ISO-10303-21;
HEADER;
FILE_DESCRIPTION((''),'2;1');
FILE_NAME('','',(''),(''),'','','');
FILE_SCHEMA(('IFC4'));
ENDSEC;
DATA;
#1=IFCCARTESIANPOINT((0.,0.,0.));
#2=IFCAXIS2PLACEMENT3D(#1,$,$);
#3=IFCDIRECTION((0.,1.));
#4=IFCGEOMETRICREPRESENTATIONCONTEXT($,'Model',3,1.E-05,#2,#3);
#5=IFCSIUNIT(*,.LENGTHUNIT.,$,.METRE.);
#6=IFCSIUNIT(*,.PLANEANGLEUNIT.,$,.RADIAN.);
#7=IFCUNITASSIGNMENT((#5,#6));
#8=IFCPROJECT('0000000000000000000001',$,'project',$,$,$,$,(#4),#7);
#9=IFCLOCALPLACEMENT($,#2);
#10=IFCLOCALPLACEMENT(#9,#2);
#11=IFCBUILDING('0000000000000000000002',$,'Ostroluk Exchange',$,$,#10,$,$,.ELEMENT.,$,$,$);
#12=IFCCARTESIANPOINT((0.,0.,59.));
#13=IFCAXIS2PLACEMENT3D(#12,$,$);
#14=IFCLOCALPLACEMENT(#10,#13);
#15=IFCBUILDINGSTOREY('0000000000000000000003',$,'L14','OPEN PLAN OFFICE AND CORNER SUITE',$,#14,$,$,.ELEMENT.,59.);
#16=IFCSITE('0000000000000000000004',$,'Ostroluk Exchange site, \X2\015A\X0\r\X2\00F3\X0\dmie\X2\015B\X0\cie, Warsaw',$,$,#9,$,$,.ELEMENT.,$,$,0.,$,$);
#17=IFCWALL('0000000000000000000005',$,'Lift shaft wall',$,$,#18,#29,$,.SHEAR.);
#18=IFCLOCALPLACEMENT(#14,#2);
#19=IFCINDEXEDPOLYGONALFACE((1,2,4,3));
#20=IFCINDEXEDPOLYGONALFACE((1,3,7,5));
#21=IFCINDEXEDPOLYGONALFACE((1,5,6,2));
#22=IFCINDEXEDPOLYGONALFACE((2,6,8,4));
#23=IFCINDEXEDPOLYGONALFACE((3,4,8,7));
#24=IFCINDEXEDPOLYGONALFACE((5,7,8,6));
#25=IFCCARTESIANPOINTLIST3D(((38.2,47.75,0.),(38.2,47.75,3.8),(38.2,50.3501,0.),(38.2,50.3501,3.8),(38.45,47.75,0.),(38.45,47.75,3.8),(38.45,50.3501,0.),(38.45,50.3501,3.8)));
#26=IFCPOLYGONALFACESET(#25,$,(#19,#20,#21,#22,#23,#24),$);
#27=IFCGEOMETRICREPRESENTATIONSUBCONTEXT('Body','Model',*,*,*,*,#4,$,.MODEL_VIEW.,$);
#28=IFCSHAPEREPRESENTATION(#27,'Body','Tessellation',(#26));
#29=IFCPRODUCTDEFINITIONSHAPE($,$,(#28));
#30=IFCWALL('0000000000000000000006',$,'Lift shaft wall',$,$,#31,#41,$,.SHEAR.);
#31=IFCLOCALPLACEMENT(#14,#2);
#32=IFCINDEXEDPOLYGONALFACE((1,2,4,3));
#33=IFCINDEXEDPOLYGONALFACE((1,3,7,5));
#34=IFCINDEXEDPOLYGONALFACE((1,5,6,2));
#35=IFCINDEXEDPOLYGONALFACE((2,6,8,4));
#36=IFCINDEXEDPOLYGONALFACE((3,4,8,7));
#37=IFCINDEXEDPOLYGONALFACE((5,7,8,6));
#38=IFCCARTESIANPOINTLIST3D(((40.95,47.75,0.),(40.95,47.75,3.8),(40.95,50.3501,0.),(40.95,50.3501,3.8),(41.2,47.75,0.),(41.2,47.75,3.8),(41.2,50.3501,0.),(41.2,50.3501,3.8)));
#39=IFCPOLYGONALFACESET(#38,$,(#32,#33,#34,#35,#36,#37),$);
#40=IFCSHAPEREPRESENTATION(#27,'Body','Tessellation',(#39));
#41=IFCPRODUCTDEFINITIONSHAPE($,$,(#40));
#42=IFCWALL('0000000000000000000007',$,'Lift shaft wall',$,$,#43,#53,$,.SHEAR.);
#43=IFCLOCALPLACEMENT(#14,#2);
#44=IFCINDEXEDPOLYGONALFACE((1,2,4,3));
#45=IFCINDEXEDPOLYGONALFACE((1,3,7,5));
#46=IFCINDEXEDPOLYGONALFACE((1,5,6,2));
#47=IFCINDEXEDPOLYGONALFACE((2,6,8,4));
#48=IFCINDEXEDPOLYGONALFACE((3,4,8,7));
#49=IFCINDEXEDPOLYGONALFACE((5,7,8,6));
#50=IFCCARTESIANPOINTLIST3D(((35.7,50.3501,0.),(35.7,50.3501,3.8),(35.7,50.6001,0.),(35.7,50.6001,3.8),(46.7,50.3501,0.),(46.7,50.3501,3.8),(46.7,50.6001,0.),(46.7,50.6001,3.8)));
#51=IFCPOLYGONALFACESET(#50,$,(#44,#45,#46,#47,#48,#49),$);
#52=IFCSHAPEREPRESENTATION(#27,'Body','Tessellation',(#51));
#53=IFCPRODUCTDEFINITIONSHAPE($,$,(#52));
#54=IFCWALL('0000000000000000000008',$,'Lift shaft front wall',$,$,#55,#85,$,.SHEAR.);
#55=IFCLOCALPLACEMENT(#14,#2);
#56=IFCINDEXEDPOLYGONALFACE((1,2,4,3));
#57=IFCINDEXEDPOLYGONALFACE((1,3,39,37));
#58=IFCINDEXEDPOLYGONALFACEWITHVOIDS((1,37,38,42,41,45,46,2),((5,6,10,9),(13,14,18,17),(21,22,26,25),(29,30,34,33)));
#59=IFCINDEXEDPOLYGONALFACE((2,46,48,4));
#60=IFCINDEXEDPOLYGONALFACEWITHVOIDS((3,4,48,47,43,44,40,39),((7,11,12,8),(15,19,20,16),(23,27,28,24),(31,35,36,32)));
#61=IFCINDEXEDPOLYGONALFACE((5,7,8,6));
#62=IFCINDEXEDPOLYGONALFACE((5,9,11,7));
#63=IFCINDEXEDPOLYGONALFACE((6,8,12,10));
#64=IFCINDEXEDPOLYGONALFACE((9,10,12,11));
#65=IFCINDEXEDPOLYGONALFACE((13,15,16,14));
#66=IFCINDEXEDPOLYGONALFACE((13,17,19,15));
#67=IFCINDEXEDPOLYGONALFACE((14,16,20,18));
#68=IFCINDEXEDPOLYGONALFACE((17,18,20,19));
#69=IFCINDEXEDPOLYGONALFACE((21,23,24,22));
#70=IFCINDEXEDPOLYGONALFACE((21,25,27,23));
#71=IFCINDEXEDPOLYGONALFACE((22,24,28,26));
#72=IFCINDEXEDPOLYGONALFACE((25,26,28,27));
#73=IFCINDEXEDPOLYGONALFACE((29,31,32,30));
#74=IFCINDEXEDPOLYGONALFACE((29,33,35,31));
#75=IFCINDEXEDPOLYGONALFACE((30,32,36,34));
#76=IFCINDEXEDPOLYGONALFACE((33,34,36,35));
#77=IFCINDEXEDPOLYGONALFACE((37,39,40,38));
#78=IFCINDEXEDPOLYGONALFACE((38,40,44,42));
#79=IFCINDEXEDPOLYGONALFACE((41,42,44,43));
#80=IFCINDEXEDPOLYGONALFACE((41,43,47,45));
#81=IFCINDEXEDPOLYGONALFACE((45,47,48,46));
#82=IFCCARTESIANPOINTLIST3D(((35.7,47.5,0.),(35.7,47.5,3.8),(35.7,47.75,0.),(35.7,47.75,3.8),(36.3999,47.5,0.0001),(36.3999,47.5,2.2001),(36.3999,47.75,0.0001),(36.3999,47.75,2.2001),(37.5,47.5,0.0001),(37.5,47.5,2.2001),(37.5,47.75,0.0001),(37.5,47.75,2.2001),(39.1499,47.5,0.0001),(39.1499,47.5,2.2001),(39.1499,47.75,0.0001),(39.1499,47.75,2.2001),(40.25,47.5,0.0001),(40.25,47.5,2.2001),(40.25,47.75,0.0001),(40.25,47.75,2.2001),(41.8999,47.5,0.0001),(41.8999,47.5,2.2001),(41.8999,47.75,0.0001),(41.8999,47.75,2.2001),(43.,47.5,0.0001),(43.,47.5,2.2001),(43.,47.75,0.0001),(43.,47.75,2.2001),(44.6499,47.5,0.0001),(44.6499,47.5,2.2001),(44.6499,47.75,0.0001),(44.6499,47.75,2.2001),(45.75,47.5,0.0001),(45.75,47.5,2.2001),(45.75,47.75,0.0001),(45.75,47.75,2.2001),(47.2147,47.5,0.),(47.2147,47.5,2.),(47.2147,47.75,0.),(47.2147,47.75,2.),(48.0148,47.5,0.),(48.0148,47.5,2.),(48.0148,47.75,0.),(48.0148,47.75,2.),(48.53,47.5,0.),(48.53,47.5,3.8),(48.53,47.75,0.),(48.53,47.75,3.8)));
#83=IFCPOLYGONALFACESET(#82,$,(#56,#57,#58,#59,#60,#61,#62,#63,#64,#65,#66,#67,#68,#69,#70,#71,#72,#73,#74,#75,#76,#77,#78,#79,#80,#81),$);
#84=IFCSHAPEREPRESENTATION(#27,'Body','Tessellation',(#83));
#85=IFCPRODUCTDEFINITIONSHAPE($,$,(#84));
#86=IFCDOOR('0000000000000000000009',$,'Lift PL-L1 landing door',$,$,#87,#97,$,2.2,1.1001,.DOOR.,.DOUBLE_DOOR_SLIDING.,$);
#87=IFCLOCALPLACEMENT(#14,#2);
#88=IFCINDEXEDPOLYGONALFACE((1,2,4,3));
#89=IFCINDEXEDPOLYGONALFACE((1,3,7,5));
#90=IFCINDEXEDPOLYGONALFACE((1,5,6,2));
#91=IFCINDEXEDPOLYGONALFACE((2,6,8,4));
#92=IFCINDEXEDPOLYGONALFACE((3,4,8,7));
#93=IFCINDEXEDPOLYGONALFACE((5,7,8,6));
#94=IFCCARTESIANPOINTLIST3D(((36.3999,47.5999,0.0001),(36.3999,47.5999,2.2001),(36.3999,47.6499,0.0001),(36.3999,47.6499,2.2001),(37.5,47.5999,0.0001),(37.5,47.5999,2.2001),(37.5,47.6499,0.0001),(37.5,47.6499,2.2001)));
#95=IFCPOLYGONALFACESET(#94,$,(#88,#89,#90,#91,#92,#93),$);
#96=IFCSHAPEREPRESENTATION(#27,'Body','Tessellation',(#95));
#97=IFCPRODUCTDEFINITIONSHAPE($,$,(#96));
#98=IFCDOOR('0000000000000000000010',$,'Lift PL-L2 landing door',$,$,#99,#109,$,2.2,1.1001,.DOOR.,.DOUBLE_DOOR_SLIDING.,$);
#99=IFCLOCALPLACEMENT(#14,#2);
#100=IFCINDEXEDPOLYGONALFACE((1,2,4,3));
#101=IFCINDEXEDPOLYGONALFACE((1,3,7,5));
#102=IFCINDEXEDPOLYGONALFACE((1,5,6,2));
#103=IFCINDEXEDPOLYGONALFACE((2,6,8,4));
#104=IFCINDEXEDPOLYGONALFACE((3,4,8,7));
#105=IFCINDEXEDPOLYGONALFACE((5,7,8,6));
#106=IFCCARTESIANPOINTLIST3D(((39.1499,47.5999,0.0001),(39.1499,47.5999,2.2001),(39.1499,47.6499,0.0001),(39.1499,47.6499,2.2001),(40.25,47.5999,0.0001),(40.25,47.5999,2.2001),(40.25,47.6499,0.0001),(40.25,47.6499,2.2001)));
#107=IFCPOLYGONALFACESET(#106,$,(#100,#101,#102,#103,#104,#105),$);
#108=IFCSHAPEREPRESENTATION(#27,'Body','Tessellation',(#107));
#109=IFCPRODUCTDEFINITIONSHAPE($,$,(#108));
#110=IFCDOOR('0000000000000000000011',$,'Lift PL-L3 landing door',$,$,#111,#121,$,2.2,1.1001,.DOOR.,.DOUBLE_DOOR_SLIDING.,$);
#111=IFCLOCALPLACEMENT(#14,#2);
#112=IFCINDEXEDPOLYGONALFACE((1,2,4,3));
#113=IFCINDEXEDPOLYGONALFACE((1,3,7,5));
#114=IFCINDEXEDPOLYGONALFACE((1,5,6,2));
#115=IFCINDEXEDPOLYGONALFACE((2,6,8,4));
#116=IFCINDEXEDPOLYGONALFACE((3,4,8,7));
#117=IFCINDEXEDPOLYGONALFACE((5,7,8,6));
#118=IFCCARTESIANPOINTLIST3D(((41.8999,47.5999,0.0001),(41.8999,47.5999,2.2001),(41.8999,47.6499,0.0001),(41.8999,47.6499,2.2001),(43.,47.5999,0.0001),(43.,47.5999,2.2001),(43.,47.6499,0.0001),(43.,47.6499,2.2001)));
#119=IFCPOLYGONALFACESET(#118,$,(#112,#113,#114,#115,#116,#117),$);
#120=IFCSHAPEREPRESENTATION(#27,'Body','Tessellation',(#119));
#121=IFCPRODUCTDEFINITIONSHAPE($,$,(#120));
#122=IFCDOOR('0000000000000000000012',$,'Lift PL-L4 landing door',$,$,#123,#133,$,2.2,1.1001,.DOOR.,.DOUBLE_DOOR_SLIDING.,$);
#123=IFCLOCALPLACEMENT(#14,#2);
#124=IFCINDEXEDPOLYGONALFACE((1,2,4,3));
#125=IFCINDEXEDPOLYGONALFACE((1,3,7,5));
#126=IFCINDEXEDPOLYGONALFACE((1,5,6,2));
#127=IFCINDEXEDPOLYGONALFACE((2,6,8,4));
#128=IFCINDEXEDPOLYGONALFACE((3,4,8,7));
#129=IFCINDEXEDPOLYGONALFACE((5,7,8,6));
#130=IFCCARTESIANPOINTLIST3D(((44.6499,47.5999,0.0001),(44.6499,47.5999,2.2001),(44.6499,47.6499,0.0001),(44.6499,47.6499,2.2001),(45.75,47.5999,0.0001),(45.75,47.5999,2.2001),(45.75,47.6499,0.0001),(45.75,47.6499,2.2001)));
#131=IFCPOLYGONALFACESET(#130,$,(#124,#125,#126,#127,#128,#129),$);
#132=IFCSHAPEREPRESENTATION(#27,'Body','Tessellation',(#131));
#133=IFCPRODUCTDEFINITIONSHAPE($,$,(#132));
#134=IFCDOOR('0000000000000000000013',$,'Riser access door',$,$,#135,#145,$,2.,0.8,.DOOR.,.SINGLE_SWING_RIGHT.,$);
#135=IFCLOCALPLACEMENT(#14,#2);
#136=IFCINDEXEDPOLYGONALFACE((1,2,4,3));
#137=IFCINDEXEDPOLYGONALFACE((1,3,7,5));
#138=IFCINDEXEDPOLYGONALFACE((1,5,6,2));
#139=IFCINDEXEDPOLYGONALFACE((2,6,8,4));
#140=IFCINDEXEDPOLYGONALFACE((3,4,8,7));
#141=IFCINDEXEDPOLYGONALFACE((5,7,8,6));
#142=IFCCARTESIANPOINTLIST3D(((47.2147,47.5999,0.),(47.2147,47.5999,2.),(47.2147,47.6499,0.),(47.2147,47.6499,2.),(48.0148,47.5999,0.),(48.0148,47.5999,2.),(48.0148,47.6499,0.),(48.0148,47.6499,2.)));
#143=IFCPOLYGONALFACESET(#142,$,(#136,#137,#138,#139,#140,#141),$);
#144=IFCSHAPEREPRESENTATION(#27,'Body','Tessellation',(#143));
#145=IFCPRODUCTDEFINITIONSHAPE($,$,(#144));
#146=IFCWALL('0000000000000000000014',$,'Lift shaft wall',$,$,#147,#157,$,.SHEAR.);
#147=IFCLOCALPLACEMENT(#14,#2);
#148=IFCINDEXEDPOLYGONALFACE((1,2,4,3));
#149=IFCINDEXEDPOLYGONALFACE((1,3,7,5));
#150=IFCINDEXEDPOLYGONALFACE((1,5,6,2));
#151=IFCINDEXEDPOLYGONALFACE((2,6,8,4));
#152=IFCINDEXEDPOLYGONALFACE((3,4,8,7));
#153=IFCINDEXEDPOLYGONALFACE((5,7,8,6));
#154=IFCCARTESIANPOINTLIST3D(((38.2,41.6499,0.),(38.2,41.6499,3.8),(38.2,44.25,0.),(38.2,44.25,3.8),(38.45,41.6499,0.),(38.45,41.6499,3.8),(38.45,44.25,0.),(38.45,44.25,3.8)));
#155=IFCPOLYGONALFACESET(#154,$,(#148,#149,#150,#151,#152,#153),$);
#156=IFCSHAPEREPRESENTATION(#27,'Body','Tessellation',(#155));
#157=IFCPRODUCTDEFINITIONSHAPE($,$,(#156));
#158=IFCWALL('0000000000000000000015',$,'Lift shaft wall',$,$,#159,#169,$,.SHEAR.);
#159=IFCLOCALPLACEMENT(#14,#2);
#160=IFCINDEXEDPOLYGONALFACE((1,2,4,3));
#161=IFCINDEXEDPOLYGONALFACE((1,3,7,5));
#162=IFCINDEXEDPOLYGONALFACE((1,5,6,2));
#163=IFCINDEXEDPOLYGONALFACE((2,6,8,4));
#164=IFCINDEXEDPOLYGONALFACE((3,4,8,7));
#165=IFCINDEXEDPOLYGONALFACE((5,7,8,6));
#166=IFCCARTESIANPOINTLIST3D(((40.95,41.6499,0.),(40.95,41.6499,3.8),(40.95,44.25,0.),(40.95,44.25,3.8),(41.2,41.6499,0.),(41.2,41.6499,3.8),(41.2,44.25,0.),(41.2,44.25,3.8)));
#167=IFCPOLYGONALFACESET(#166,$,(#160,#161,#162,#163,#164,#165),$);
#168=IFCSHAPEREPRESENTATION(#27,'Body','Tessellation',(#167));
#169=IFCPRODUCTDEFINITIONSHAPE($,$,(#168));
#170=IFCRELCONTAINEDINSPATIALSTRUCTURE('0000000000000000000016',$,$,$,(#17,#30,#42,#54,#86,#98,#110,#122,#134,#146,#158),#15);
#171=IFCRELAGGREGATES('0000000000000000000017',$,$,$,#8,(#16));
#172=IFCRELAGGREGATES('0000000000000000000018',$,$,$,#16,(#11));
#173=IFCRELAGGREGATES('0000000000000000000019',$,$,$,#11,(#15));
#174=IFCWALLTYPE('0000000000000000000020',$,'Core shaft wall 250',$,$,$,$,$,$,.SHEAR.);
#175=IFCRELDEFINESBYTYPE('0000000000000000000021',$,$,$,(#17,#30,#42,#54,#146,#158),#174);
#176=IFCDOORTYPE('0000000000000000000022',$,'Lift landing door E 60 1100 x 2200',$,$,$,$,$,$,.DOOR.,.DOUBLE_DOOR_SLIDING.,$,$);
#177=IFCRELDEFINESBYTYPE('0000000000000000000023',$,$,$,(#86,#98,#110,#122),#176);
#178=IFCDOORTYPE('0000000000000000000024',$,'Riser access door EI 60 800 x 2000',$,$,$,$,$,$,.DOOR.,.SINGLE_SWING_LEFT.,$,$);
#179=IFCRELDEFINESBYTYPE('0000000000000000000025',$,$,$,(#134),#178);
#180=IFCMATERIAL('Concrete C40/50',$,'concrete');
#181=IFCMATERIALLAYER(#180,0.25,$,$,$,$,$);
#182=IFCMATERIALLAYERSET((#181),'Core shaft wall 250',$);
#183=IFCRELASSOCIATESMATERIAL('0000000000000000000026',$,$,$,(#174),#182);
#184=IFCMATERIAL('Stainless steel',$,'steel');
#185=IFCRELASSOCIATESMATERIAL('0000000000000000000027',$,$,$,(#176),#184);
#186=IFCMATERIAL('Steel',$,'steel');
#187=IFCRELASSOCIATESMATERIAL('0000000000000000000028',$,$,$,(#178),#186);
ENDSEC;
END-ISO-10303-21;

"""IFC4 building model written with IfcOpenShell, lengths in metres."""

from ifc_helpers import new_model, si_unit, direction, frame, frame_2d, origin, place, context, subcontext, project, spatial, rectangle, extrude, material, layer, layer_set, type_object, element, fill, save


model = new_model("IFC4")

# Units and contexts
model_context = context("Model", 3, precision=1e-05, world=origin(), true_north=direction((0.0, 1.0)))
body_context = subcontext(model_context, "Body", "Model", "MODEL_VIEW")
ifc_project = project(units=[si_unit("LENGTHUNIT", "METRE"), si_unit("PLANEANGLEUNIT", "RADIAN")], contexts=[model_context])

# Site, building, storey
site_placement = place(None, origin())
site = spatial("IfcSite", under=ifc_project, at=site_placement, Name="Ostroluk Exchange site, Śródmieście, Warsaw", CompositionType="ELEMENT", RefElevation=0.0)
building_placement = place(site_placement, origin())
building = spatial("IfcBuilding", under=site, at=building_placement, Name="Ostroluk Exchange", CompositionType="ELEMENT")
storey_placement = place(building_placement, frame((0.0, 0.0, 59.0)))
storey = spatial("IfcBuildingStorey", under=building, at=storey_placement, Name="L14", Description="OPEN PLAN OFFICE AND CORNER SUITE", CompositionType="ELEMENT", Elevation=59.0)

# Walls
ifc_material_1 = material(Name="Concrete C40/50", Category="concrete")
ifc_layer = layer(ifc_material_1, 0.25)
ifc_layer_set = layer_set([ifc_layer], Name="Core shaft wall 250")
wall_type = type_object("IfcWallType", Name="Core shaft wall 250", PredefinedType="SHEAR", material=ifc_layer_set)
for number, where, z_axis, x_axis, name in (
    (1, (38.325, 47.75, 0.0), (0.0, 0.0, 1.0), (0.0, 1.0, 0.0), "Lift shaft wall"),
    (2, (41.075, 47.75, 0.0), (0.0, 0.0, 1.0), (0.0, 1.0, 0.0), "Lift shaft wall"),
):
    element("IfcWall", number, at=place(storey_placement, frame(where, z_axis=z_axis, x_axis=x_axis)), inside=storey, type_object=wall_type, Name=name, PredefinedType="SHEAR", context=body_context, shape_type="SweptSolid", body=[
        extrude(rectangle(XDim=2.6001, YDim=0.25, at=frame_2d((1.3, 0.0))), origin(), (0.0, 0.0, 1.0), 3.8),
    ])
wall_1_placement = place(storey_placement, frame((35.7, 50.4751, 0.0), z_axis=(0.0, 0.0, 1.0), x_axis=(1.0, 0.0, 0.0)))
element("IfcWall", 3, at=wall_1_placement, inside=storey, type_object=wall_type, Name="Lift shaft wall", PredefinedType="SHEAR", context=body_context, shape_type="SweptSolid", body=[
    extrude(rectangle(XDim=11.0, YDim=0.25, at=frame_2d((5.5, 0.0))), origin(), (0.0, 0.0, 1.0), 3.8),
])

# Wall, openings, doors
wall_2_placement = place(storey_placement, frame((35.7, 47.625, 0.0), z_axis=(0.0, 0.0, 1.0), x_axis=(1.0, 0.0, 0.0)))
wall_2 = element("IfcWall", 4, at=wall_2_placement, inside=storey, type_object=wall_type, Name="Lift shaft front wall", PredefinedType="SHEAR", context=body_context, shape_type="SweptSolid", body=[
    extrude(rectangle(XDim=12.8301, YDim=0.25, at=frame_2d((6.415, 0.0))), origin(), (0.0, 0.0, 1.0), 3.8),
])
opening_1_placement = place(wall_2_placement, frame((0.7, 0.0, 0.0)))
opening_1 = element("IfcOpeningElement", 5, at=opening_1_placement, cuts=wall_2, PredefinedType="OPENING", context=body_context, shape_type="SweptSolid", body=[
    extrude(rectangle(XDim=1.1001, YDim=2.2, at=frame_2d((0.55, 1.1001))), frame((0.0, 0.135, 0.0), z_axis=(0.0, -1.0, 0.0), x_axis=(1.0, 0.0, 0.0)), (0.0, 0.0, 1.0), 0.27),
])
opening_2_placement = place(wall_2_placement, frame((3.45, 0.0, 0.0)))
opening_2 = element("IfcOpeningElement", 6, at=opening_2_placement, cuts=wall_2, PredefinedType="OPENING", context=body_context, shape_type="SweptSolid", body=[
    extrude(rectangle(XDim=1.1001, YDim=2.2, at=frame_2d((0.55, 1.1001))), frame((0.0, 0.135, 0.0), z_axis=(0.0, -1.0, 0.0), x_axis=(1.0, 0.0, 0.0)), (0.0, 0.0, 1.0), 0.27),
])
opening_3_placement = place(wall_2_placement, frame((6.2, 0.0, 0.0)))
opening_3 = element("IfcOpeningElement", 7, at=opening_3_placement, cuts=wall_2, PredefinedType="OPENING", context=body_context, shape_type="SweptSolid", body=[
    extrude(rectangle(XDim=1.1001, YDim=2.2, at=frame_2d((0.55, 1.1001))), frame((0.0, 0.135, 0.0), z_axis=(0.0, -1.0, 0.0), x_axis=(1.0, 0.0, 0.0)), (0.0, 0.0, 1.0), 0.27),
])
opening_4_placement = place(wall_2_placement, frame((8.95, 0.0, 0.0)))
opening_4 = element("IfcOpeningElement", 8, at=opening_4_placement, cuts=wall_2, PredefinedType="OPENING", context=body_context, shape_type="SweptSolid", body=[
    extrude(rectangle(XDim=1.1001, YDim=2.2, at=frame_2d((0.55, 1.1001))), frame((0.0, 0.135, 0.0), z_axis=(0.0, -1.0, 0.0), x_axis=(1.0, 0.0, 0.0)), (0.0, 0.0, 1.0), 0.27),
])
opening_5_placement = place(wall_2_placement, frame((11.5149, 0.0, 0.0)))
opening_5 = element("IfcOpeningElement", 9, at=opening_5_placement, cuts=wall_2, PredefinedType="OPENING", context=body_context, shape_type="SweptSolid", body=[
    extrude(rectangle(XDim=0.8, YDim=2.0, at=frame_2d((0.3999, 1.0))), frame((0.0, 0.135, 0.0), z_axis=(0.0, -1.0, 0.0), x_axis=(1.0, 0.0, 0.0)), (0.0, 0.0, 1.0), 0.27),
])
ifc_material_2 = material(Name="Stainless steel", Category="steel")
door_type_1 = type_object("IfcDoorType", Name="Lift landing door E 60 1100 x 2200", OperationType="DOUBLE_DOOR_SLIDING", PredefinedType="DOOR", material=ifc_material_2)
door_1_placement = place(opening_1_placement, origin())
door_1 = element("IfcDoor", 10, at=door_1_placement, inside=storey, type_object=door_type_1, Name="Lift PL-L1 landing door", OperationType="DOUBLE_DOOR_SLIDING", OverallHeight=2.2, OverallWidth=1.1001, PredefinedType="DOOR", context=body_context, shape_type="SweptSolid", body=[
    extrude(rectangle(XDim=1.1001, YDim=2.2, at=frame_2d((0.55, 1.1001))), frame((0.0, 0.0249, 0.0), z_axis=(0.0, -1.0, 0.0), x_axis=(1.0, 0.0, 0.0)), (0.0, 0.0, 1.0), 0.05),
])
fill(opening_1, door_1)
door_2_placement = place(opening_2_placement, origin())
door_2 = element("IfcDoor", 11, at=door_2_placement, inside=storey, type_object=door_type_1, Name="Lift PL-L2 landing door", OperationType="DOUBLE_DOOR_SLIDING", OverallHeight=2.2, OverallWidth=1.1001, PredefinedType="DOOR", context=body_context, shape_type="SweptSolid", body=[
    extrude(rectangle(XDim=1.1001, YDim=2.2, at=frame_2d((0.55, 1.1001))), frame((0.0, 0.0249, 0.0), z_axis=(0.0, -1.0, 0.0), x_axis=(1.0, 0.0, 0.0)), (0.0, 0.0, 1.0), 0.05),
])
fill(opening_2, door_2)
door_3_placement = place(opening_3_placement, origin())
door_3 = element("IfcDoor", 12, at=door_3_placement, inside=storey, type_object=door_type_1, Name="Lift PL-L3 landing door", OperationType="DOUBLE_DOOR_SLIDING", OverallHeight=2.2, OverallWidth=1.1001, PredefinedType="DOOR", context=body_context, shape_type="SweptSolid", body=[
    extrude(rectangle(XDim=1.1001, YDim=2.2, at=frame_2d((0.55, 1.1001))), frame((0.0, 0.0249, 0.0), z_axis=(0.0, -1.0, 0.0), x_axis=(1.0, 0.0, 0.0)), (0.0, 0.0, 1.0), 0.05),
])
fill(opening_3, door_3)
door_4_placement = place(opening_4_placement, origin())
door_4 = element("IfcDoor", 13, at=door_4_placement, inside=storey, type_object=door_type_1, Name="Lift PL-L4 landing door", OperationType="DOUBLE_DOOR_SLIDING", OverallHeight=2.2, OverallWidth=1.1001, PredefinedType="DOOR", context=body_context, shape_type="SweptSolid", body=[
    extrude(rectangle(XDim=1.1001, YDim=2.2, at=frame_2d((0.55, 1.1001))), frame((0.0, 0.0249, 0.0), z_axis=(0.0, -1.0, 0.0), x_axis=(1.0, 0.0, 0.0)), (0.0, 0.0, 1.0), 0.05),
])
fill(opening_4, door_4)
ifc_material_3 = material(Name="Steel", Category="steel")
door_type_2 = type_object("IfcDoorType", Name="Riser access door EI 60 800 x 2000", OperationType="SINGLE_SWING_LEFT", PredefinedType="DOOR", material=ifc_material_3)
door_5_placement = place(opening_5_placement, origin())
door_5 = element("IfcDoor", 14, at=door_5_placement, inside=storey, type_object=door_type_2, Name="Riser access door", OperationType="SINGLE_SWING_RIGHT", OverallHeight=2.0, OverallWidth=0.8, PredefinedType="DOOR", context=body_context, shape_type="SweptSolid", body=[
    extrude(rectangle(XDim=0.8, YDim=2.0, at=frame_2d((0.3999, 1.0))), frame((0.0, 0.0249, 0.0), z_axis=(0.0, -1.0, 0.0), x_axis=(1.0, 0.0, 0.0)), (0.0, 0.0, 1.0), 0.05),
])
fill(opening_5, door_5)

# Walls
for number, where, z_axis, x_axis, name in (
    (15, (38.325, 44.25, 0.0), (0.0, 0.0, 1.0), (0.0, -1.0, 0.0), "Lift shaft wall"),
    (16, (41.075, 44.25, 0.0), (0.0, 0.0, 1.0), (0.0, -1.0, 0.0), "Lift shaft wall"),
):
    element("IfcWall", number, at=place(storey_placement, frame(where, z_axis=z_axis, x_axis=x_axis)), inside=storey, type_object=wall_type, Name=name, PredefinedType="SHEAR", context=body_context, shape_type="SweptSolid", body=[
        extrude(rectangle(XDim=2.6001, YDim=0.25, at=frame_2d((1.3, 0.0))), origin(), (0.0, 0.0, 1.0), 3.8),
    ])

save(model, "model.ifc")
